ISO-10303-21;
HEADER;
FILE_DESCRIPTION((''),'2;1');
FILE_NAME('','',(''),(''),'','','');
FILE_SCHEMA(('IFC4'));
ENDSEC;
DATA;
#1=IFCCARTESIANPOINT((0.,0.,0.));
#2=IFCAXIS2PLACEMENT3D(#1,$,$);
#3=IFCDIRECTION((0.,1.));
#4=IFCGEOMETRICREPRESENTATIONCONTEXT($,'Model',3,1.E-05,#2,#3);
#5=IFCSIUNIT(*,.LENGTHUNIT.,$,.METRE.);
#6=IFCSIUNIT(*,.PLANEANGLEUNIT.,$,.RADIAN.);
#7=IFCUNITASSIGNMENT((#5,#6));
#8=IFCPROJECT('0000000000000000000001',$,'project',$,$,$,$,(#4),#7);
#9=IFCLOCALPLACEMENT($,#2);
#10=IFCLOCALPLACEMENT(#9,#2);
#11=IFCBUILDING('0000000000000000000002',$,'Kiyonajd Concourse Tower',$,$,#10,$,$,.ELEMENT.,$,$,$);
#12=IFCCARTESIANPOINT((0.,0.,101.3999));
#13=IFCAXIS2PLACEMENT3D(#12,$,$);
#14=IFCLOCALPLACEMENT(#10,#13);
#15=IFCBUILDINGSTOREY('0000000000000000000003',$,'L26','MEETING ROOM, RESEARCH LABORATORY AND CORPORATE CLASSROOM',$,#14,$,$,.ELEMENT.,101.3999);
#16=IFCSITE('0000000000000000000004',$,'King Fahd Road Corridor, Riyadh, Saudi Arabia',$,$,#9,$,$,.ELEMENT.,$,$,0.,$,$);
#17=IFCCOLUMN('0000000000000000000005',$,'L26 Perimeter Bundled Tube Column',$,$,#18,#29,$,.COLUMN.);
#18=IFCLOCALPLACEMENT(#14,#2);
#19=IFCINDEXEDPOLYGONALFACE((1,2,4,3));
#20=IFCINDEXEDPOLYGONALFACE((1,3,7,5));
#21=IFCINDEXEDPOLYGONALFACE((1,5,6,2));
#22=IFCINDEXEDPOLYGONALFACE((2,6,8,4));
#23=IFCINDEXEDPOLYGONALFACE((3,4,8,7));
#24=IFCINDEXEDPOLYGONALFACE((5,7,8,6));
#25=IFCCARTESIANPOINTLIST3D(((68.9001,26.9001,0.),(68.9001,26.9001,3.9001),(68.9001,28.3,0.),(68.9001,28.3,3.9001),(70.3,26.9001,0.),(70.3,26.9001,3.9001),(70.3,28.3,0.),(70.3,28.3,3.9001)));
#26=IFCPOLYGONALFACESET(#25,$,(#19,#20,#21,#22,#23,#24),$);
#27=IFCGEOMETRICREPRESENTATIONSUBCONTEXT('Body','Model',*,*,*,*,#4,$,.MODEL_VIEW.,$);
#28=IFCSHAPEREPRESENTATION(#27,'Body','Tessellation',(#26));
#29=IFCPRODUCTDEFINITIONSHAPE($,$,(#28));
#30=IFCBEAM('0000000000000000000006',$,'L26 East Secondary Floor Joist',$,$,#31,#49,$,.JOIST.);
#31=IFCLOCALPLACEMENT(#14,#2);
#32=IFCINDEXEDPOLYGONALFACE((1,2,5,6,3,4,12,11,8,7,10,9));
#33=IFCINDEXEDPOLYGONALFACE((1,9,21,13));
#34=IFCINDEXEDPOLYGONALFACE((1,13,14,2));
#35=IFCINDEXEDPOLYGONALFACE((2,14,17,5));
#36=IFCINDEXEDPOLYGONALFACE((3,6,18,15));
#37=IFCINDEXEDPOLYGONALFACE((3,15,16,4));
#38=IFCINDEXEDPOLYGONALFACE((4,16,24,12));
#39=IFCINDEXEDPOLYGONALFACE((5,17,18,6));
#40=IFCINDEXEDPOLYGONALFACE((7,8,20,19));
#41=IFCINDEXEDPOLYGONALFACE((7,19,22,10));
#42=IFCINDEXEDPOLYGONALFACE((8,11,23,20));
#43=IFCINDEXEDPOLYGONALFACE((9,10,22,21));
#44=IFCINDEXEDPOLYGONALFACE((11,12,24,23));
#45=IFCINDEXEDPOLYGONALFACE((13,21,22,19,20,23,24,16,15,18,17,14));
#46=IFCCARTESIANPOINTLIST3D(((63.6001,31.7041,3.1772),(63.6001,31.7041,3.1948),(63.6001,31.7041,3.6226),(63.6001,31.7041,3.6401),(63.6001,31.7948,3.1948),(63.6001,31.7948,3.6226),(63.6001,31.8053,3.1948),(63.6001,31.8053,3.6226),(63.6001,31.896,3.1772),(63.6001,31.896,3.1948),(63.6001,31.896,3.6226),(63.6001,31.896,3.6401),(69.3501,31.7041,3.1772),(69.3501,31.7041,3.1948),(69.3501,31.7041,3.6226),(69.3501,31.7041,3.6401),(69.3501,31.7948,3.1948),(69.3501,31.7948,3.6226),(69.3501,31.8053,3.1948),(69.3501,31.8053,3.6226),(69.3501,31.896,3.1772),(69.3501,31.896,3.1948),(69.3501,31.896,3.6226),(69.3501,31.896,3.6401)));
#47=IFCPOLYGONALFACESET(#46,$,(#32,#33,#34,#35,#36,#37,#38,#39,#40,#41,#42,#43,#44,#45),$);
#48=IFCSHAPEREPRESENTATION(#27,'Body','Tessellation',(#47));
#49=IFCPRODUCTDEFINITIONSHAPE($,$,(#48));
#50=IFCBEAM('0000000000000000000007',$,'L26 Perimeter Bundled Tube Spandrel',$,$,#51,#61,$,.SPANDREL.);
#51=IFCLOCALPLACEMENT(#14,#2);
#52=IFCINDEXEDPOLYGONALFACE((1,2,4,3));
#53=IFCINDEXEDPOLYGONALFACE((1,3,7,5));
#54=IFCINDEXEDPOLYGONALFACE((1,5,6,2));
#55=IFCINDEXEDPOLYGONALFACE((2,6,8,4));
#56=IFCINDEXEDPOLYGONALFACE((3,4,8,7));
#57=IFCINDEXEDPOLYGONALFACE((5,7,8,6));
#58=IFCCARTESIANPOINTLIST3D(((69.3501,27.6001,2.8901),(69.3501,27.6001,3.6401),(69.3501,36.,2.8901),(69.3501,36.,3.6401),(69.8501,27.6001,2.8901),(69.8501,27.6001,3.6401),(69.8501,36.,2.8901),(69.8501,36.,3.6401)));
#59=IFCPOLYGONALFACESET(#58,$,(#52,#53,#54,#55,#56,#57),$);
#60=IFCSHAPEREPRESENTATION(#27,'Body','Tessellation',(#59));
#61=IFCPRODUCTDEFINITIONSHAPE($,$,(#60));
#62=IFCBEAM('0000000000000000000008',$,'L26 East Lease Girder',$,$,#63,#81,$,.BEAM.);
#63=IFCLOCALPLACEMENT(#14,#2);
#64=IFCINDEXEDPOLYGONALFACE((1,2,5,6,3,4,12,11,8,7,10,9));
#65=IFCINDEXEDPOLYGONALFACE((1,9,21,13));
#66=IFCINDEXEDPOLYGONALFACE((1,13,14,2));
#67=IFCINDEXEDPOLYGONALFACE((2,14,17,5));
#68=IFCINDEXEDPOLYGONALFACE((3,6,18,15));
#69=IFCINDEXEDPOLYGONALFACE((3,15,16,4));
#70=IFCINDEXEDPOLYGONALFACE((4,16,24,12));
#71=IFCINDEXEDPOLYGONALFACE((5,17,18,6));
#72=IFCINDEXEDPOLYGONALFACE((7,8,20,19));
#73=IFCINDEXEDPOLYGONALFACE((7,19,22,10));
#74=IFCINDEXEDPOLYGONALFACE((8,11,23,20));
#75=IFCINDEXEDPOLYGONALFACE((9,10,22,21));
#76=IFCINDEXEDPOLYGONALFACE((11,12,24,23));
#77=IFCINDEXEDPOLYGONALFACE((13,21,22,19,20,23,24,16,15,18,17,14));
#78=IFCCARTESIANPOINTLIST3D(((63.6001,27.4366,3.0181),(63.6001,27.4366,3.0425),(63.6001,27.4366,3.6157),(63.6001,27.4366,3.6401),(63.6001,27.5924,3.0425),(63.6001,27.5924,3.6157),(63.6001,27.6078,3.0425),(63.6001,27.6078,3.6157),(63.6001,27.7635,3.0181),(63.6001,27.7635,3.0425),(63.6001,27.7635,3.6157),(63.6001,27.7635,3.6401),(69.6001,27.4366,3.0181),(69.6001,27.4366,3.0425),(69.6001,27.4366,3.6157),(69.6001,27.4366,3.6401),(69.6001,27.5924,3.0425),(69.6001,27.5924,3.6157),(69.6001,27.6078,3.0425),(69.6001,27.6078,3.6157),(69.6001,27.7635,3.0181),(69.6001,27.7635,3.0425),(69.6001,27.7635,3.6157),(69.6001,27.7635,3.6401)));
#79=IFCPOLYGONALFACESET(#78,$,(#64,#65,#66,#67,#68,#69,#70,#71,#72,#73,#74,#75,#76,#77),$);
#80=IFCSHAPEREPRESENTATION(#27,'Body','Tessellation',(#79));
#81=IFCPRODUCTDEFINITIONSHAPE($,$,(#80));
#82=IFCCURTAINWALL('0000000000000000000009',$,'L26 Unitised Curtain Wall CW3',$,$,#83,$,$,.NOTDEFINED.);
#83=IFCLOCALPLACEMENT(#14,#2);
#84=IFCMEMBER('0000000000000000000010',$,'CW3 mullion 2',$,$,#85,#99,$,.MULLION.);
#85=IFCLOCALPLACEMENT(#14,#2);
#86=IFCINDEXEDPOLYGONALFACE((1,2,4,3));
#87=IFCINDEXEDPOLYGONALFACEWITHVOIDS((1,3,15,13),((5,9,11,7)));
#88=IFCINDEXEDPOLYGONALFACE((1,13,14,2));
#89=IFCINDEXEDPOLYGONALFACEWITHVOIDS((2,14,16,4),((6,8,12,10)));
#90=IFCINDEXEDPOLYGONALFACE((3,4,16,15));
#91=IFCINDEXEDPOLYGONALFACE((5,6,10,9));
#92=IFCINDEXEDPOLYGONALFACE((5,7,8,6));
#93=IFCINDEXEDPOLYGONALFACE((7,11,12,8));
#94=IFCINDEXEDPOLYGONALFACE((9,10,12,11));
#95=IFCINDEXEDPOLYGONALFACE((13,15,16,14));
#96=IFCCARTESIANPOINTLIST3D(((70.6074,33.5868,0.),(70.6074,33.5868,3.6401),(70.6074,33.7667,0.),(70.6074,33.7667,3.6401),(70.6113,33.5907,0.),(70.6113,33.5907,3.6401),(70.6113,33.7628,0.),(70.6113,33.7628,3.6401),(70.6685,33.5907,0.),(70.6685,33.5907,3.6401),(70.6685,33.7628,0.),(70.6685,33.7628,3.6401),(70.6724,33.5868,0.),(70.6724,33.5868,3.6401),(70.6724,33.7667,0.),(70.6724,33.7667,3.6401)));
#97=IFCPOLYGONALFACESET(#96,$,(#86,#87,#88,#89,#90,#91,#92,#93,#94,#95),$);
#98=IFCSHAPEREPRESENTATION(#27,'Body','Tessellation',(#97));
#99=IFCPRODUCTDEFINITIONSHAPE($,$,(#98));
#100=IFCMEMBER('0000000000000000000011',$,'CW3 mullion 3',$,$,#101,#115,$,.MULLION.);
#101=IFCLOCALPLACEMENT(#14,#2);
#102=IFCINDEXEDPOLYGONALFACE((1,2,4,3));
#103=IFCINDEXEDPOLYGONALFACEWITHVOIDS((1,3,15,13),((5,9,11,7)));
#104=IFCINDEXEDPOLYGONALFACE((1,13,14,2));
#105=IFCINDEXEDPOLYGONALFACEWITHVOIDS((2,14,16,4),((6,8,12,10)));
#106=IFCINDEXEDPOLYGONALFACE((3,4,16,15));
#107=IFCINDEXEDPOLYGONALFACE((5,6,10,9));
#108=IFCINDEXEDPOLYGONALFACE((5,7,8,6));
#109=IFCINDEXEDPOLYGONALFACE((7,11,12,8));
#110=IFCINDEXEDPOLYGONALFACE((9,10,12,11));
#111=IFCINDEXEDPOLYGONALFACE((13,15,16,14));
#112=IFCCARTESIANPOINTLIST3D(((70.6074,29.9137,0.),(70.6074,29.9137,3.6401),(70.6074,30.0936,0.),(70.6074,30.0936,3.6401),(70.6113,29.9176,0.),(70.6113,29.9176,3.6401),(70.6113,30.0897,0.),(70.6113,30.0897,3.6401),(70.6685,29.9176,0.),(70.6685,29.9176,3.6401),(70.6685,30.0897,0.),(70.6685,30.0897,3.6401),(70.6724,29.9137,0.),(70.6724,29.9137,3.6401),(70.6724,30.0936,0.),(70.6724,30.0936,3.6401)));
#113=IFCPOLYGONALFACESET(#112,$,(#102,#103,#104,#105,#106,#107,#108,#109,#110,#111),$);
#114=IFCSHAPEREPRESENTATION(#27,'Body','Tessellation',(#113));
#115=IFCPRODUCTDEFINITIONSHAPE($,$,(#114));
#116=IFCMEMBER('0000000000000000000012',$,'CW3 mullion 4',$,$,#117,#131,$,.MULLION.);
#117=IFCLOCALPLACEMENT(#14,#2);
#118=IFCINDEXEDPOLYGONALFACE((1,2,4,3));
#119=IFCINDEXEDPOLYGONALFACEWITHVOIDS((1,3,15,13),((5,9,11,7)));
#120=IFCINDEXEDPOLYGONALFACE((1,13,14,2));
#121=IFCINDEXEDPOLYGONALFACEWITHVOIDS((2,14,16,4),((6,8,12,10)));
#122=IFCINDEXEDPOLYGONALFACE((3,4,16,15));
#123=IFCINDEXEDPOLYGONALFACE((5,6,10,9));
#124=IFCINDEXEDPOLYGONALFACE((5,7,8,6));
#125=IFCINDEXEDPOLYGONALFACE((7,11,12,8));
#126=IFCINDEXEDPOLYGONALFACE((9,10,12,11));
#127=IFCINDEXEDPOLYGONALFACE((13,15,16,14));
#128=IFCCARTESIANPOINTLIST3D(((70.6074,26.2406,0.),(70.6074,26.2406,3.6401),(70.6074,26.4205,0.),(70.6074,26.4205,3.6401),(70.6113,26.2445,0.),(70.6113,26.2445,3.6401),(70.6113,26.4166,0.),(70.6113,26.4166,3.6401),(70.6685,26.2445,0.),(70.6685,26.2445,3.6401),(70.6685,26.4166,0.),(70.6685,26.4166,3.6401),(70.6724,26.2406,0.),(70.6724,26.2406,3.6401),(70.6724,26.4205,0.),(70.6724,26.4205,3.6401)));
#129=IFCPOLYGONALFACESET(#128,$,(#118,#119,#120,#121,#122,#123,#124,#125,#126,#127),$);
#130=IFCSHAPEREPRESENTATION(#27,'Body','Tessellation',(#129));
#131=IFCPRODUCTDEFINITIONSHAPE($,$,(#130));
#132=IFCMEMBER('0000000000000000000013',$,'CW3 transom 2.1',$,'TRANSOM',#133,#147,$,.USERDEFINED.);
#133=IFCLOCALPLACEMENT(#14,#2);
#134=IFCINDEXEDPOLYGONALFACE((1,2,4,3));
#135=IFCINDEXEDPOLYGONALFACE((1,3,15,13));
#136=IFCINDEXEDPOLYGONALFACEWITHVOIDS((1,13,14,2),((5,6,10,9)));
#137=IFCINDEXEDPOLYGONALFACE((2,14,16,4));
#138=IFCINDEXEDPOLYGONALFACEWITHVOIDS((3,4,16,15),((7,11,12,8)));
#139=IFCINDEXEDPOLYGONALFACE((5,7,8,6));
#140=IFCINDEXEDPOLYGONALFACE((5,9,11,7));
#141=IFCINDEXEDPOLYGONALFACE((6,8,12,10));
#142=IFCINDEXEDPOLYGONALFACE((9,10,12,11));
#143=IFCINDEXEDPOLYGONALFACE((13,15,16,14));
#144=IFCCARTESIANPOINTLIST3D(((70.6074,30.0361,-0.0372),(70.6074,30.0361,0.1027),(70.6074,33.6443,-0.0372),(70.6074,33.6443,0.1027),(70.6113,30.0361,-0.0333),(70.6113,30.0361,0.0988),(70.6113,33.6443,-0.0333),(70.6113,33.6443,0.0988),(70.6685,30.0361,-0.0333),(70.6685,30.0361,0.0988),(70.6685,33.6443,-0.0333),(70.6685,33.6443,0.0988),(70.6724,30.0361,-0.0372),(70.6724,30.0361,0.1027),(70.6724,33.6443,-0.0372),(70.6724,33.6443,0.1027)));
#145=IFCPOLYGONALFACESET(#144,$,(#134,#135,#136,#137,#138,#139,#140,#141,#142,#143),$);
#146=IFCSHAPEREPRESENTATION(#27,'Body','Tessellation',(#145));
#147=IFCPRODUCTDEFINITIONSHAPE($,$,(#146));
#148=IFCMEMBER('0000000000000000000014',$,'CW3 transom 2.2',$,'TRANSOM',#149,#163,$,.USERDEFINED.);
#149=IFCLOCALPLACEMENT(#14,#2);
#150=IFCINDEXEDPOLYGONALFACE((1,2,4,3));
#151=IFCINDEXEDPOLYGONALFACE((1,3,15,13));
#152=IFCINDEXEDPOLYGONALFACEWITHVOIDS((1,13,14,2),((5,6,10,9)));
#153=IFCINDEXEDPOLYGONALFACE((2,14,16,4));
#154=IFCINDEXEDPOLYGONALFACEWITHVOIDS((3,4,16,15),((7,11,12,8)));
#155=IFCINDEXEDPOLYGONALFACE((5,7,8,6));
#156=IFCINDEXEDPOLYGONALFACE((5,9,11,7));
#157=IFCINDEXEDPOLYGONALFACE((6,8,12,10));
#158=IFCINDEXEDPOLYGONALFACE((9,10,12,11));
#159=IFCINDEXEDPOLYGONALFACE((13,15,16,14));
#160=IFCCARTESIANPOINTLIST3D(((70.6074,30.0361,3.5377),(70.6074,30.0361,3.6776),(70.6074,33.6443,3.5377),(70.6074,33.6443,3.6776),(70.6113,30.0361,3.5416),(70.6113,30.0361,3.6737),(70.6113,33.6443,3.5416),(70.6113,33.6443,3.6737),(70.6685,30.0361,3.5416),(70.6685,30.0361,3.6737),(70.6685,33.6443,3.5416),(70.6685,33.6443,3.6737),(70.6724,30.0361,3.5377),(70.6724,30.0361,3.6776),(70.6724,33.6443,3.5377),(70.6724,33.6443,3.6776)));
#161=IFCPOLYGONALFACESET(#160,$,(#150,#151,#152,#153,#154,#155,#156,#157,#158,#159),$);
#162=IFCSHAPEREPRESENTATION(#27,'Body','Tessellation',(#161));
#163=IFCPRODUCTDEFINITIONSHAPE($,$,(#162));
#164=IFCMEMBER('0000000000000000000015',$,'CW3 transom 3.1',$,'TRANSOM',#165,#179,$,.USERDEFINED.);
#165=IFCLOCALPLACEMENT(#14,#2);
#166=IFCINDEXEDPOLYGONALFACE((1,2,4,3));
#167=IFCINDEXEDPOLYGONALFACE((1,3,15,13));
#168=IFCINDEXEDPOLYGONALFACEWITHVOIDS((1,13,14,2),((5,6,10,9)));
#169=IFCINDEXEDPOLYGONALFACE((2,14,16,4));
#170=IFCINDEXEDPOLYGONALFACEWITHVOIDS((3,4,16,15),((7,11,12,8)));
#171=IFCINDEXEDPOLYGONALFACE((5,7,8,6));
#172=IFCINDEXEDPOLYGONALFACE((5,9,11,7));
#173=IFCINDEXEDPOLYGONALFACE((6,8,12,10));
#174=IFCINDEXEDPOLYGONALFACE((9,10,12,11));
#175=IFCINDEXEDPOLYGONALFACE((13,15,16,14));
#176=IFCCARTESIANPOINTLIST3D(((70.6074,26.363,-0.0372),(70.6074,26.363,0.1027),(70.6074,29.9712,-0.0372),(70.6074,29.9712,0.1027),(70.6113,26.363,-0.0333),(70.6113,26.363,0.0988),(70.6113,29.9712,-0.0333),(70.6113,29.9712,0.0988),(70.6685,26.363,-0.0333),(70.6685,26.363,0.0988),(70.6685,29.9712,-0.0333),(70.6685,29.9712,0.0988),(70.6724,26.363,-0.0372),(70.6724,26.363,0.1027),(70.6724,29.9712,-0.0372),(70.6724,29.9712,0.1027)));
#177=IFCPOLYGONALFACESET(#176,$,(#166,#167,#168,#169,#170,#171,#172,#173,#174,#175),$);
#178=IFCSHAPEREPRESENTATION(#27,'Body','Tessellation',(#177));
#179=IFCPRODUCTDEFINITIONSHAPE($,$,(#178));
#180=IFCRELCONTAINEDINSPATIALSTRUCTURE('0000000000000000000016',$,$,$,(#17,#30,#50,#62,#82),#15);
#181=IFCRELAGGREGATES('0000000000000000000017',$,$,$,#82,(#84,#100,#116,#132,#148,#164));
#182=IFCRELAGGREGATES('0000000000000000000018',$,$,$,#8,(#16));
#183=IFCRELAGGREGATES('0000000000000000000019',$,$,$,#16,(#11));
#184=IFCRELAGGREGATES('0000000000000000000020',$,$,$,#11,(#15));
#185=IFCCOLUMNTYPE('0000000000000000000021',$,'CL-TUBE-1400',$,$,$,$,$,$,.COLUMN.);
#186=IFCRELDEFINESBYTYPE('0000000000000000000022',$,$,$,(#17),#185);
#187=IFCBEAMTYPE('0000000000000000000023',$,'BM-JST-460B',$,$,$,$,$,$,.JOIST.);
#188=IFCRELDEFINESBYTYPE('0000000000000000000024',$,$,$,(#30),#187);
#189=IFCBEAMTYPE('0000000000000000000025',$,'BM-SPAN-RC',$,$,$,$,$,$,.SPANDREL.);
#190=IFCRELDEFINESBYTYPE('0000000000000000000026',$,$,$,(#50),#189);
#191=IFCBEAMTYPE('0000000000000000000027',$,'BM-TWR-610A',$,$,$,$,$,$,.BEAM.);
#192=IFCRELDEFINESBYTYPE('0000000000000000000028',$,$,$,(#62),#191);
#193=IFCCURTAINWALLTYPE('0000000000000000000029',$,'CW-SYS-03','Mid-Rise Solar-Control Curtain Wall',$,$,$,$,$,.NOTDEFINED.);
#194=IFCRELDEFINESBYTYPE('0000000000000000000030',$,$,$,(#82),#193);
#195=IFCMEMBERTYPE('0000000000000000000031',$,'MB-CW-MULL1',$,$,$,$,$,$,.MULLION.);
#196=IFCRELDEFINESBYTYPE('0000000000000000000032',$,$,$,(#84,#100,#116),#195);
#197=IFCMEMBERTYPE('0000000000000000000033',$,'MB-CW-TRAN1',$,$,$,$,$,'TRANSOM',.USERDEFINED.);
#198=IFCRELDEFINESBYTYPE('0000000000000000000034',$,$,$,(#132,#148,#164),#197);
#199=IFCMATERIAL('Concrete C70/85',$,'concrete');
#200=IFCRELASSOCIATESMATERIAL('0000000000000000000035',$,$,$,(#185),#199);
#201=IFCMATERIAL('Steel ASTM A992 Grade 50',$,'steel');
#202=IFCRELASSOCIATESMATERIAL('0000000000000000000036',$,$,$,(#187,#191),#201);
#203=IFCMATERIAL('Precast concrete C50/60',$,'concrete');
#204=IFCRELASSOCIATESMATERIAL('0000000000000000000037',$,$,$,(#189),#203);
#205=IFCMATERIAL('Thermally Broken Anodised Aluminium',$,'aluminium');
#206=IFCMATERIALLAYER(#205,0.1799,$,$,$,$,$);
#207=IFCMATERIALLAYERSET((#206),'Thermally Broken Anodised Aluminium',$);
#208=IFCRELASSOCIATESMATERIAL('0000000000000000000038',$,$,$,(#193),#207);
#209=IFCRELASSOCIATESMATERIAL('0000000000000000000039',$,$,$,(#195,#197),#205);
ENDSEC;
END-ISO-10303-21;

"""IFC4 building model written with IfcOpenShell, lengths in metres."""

from ifc_helpers import new_model, si_unit, direction, frame, origin, origin_2d, place, context, subcontext, project, spatial, rectangle, hollow_rectangle, i_section, extrude, material, layer, layer_set, material_profile, profile_set, type_object, element, aggregate, save


model = new_model("IFC4")

# Units and contexts
model_context = context("Model", 3, precision=1e-05, world=origin(), true_north=direction((0.0, 1.0)))
body_context = subcontext(model_context, "Body", "Model", "MODEL_VIEW")
ifc_project = project(units=[si_unit("LENGTHUNIT", "METRE"), si_unit("PLANEANGLEUNIT", "RADIAN")], contexts=[model_context])

# Site, building, storey
site_placement = place(None, origin())
site = spatial("IfcSite", under=ifc_project, at=site_placement, Name="King Fahd Road Corridor, Riyadh, Saudi Arabia", CompositionType="ELEMENT", RefElevation=0.0)
building_placement = place(site_placement, origin())
building = spatial("IfcBuilding", under=site, at=building_placement, Name="Kiyonajd Concourse Tower", CompositionType="ELEMENT")
storey_placement = place(building_placement, frame((0.0, 0.0, 101.3999)))
storey = spatial("IfcBuildingStorey", under=building, at=storey_placement, Name="L26", Description="MEETING ROOM, RESEARCH LABORATORY AND CORPORATE CLASSROOM", CompositionType="ELEMENT", Elevation=101.3999)

# Column
ifc_material_1 = material(Name="Concrete C70/85", Category="concrete")
ifc_material_profile_1 = material_profile(ifc_material_1, rectangle(XDim=1.3999, YDim=1.3999, at=origin_2d()), Name="RC-1400x1400")
ifc_profile_set_1 = profile_set([ifc_material_profile_1], Name="Concrete C70/85")
column_type = type_object("IfcColumnType", Name="CL-TUBE-1400", PredefinedType="COLUMN", material=ifc_profile_set_1)
column_placement = place(storey_placement, frame((69.6001, 27.6001, 0.0), z_axis=(0.0, 0.0, 1.0), x_axis=(1.0, 0.0, 0.0)))
element("IfcColumn", 1, at=column_placement, inside=storey, type_object=column_type, Name="L26 Perimeter Bundled Tube Column", PredefinedType="COLUMN", context=body_context, shape_type="SweptSolid", body=[
    extrude(rectangle(XDim=1.3999, YDim=1.3999, at=origin_2d()), origin(), (0.0, 0.0, 1.0), 3.9001),
])

# Beams
ifc_material_2 = material(Name="Steel ASTM A992 Grade 50", Category="steel")
ifc_material_profile_2 = material_profile(ifc_material_2, i_section(OverallWidth=0.1919, OverallDepth=0.4629, WebThickness=0.0105, FlangeThickness=0.0176, at=origin_2d()), Name="W460X89")
ifc_profile_set_2 = profile_set([ifc_material_profile_2], Name="Steel ASTM A992 Grade 50")
beam_type_1 = type_object("IfcBeamType", Name="BM-JST-460B", PredefinedType="JOIST", material=ifc_profile_set_2)
beam_1_placement = place(storey_placement, frame((63.6001, 31.8, 3.4087), z_axis=(1.0, 0.0, 0.0), x_axis=(0.0, 1.0, 0.0)))
element("IfcBeam", 2, at=beam_1_placement, inside=storey, type_object=beam_type_1, Name="L26 East Secondary Floor Joist", PredefinedType="JOIST", context=body_context, shape_type="SweptSolid", body=[
    extrude(i_section(OverallWidth=0.1919, OverallDepth=0.4629, WebThickness=0.0105, FlangeThickness=0.0176, at=origin_2d()), origin(), (0.0, 0.0, 1.0), 5.75),
])
ifc_material_3 = material(Name="Precast concrete C50/60", Category="concrete")
ifc_material_profile_3 = material_profile(ifc_material_3, rectangle(XDim=0.5, YDim=0.75, at=origin_2d()), Name="RCBM-500x750")
ifc_profile_set_3 = profile_set([ifc_material_profile_3], Name="Precast concrete C50/60")
beam_type_2 = type_object("IfcBeamType", Name="BM-SPAN-RC", PredefinedType="SPANDREL", material=ifc_profile_set_3)
beam_2_placement = place(storey_placement, frame((69.6001, 27.6001, 3.2651), z_axis=(0.0, 1.0, 0.0), x_axis=(-1.0, 0.0, 0.0)))
element("IfcBeam", 3, at=beam_2_placement, inside=storey, type_object=beam_type_2, Name="L26 Perimeter Bundled Tube Spandrel", PredefinedType="SPANDREL", context=body_context, shape_type="SweptSolid", body=[
    extrude(rectangle(XDim=0.5, YDim=0.75, at=origin_2d()), origin(), (0.0, 0.0, 1.0), 8.3999),
])
ifc_material_profile_4 = material_profile(ifc_material_2, i_section(OverallWidth=0.3269, OverallDepth=0.6221, WebThickness=0.0154, FlangeThickness=0.0244, at=origin_2d()), Name="W610X195")
ifc_profile_set_4 = profile_set([ifc_material_profile_4], Name="Steel ASTM A992 Grade 50")
beam_type_3 = type_object("IfcBeamType", Name="BM-TWR-610A", PredefinedType="BEAM", material=ifc_profile_set_4)
beam_3_placement = place(storey_placement, frame((63.6001, 27.6001, 3.3291), z_axis=(1.0, 0.0, 0.0), x_axis=(0.0, 1.0, 0.0)))
element("IfcBeam", 4, at=beam_3_placement, inside=storey, type_object=beam_type_3, Name="L26 East Lease Girder", PredefinedType="BEAM", context=body_context, shape_type="SweptSolid", body=[
    extrude(i_section(OverallWidth=0.3269, OverallDepth=0.6221, WebThickness=0.0154, FlangeThickness=0.0244, at=origin_2d()), origin(), (0.0, 0.0, 1.0), 6.0),
])

# Curtain wall, members
ifc_material_4 = material(Name="Thermally Broken Anodised Aluminium", Category="aluminium")
ifc_layer_1 = layer(ifc_material_4, 0.1799)
ifc_layer_set_1 = layer_set([ifc_layer_1], Name="Thermally Broken Anodised Aluminium")
curtain_wall_type = type_object("IfcCurtainWallType", Name="CW-SYS-03", Description="Mid-Rise Solar-Control Curtain Wall", PredefinedType="NOTDEFINED", material=ifc_layer_set_1)
curtain_wall_placement = place(storey_placement, origin())
curtain_wall = element("IfcCurtainWall", 5, at=curtain_wall_placement, inside=storey, type_object=curtain_wall_type, Name="L26 Unitised Curtain Wall CW3", PredefinedType="NOTDEFINED")
ifc_material_profile_5 = material_profile(ifc_material_4, hollow_rectangle(XDim=0.0649, YDim=0.1799, WallThickness=0.0039, at=origin_2d()), Name="MULL-65x180")
ifc_profile_set_5 = profile_set([ifc_material_profile_5], Name="Thermally Broken Anodised Aluminium")
member_type_1 = type_object("IfcMemberType", Name="MB-CW-MULL1", PredefinedType="MULLION", material=ifc_profile_set_5)
member_1_placement = place(storey_placement, frame((70.6399, 33.6768, 0.0), z_axis=(0.0, 0.0, 1.0), x_axis=(1.0, 0.0, 0.0)))
member_1 = element("IfcMember", 6, at=member_1_placement, type_object=member_type_1, Name="CW3 mullion 2", PredefinedType="MULLION", context=body_context, shape_type="SweptSolid", body=[
    extrude(hollow_rectangle(XDim=0.0649, YDim=0.1799, WallThickness=0.0039, at=origin_2d()), origin(), (0.0, 0.0, 1.0), 3.6401),
])
member_2_placement = place(storey_placement, frame((70.6399, 30.0037, 0.0), z_axis=(0.0, 0.0, 1.0), x_axis=(1.0, 0.0, 0.0)))
member_2 = element("IfcMember", 7, at=member_2_placement, type_object=member_type_1, Name="CW3 mullion 3", PredefinedType="MULLION", context=body_context, shape_type="SweptSolid", body=[
    extrude(hollow_rectangle(XDim=0.0649, YDim=0.1799, WallThickness=0.0039, at=origin_2d()), origin(), (0.0, 0.0, 1.0), 3.6401),
])
member_3_placement = place(storey_placement, frame((70.6399, 26.3306, 0.0), z_axis=(0.0, 0.0, 1.0), x_axis=(1.0, 0.0, 0.0)))
member_3 = element("IfcMember", 8, at=member_3_placement, type_object=member_type_1, Name="CW3 mullion 4", PredefinedType="MULLION", context=body_context, shape_type="SweptSolid", body=[
    extrude(hollow_rectangle(XDim=0.0649, YDim=0.1799, WallThickness=0.0039, at=origin_2d()), origin(), (0.0, 0.0, 1.0), 3.6401),
])
ifc_material_profile_6 = material_profile(ifc_material_4, hollow_rectangle(XDim=0.0649, YDim=0.1399, WallThickness=0.0039, at=origin_2d()), Name="TRAN-65x140")
ifc_profile_set_6 = profile_set([ifc_material_profile_6], Name="Thermally Broken Anodised Aluminium")
member_type_2 = type_object("IfcMemberType", Name="MB-CW-TRAN1", ElementType="TRANSOM", PredefinedType="USERDEFINED", material=ifc_profile_set_6)
member_4_placement = place(storey_placement, frame((70.6399, 33.6443, 0.0327), z_axis=(0.0, -1.0, 0.0), x_axis=(1.0, 0.0, 0.0)))
member_4 = element("IfcMember", 9, at=member_4_placement, type_object=member_type_2, Name="CW3 transom 2.1", ObjectType="TRANSOM", PredefinedType="USERDEFINED", context=body_context, shape_type="SweptSolid", body=[
    extrude(hollow_rectangle(XDim=0.0649, YDim=0.1399, WallThickness=0.0039, at=origin_2d()), origin(), (0.0, 0.0, 1.0), 3.6082),
])
member_5_placement = place(storey_placement, frame((70.6399, 33.6443, 3.6077), z_axis=(0.0, -1.0, 0.0), x_axis=(1.0, 0.0, 0.0)))
member_5 = element("IfcMember", 10, at=member_5_placement, type_object=member_type_2, Name="CW3 transom 2.2", ObjectType="TRANSOM", PredefinedType="USERDEFINED", context=body_context, shape_type="SweptSolid", body=[
    extrude(hollow_rectangle(XDim=0.0649, YDim=0.1399, WallThickness=0.0039, at=origin_2d()), origin(), (0.0, 0.0, 1.0), 3.6082),
])
member_6_placement = place(storey_placement, frame((70.6399, 29.9712, 0.0327), z_axis=(0.0, -1.0, 0.0), x_axis=(1.0, 0.0, 0.0)))
member_6 = element("IfcMember", 11, at=member_6_placement, type_object=member_type_2, Name="CW3 transom 3.1", ObjectType="TRANSOM", PredefinedType="USERDEFINED", context=body_context, shape_type="SweptSolid", body=[
    extrude(hollow_rectangle(XDim=0.0649, YDim=0.1399, WallThickness=0.0039, at=origin_2d()), origin(), (0.0, 0.0, 1.0), 3.6082),
])
aggregate(curtain_wall, [member_1, member_2, member_3, member_4, member_5, member_6])

save(model, "model.ifc")
